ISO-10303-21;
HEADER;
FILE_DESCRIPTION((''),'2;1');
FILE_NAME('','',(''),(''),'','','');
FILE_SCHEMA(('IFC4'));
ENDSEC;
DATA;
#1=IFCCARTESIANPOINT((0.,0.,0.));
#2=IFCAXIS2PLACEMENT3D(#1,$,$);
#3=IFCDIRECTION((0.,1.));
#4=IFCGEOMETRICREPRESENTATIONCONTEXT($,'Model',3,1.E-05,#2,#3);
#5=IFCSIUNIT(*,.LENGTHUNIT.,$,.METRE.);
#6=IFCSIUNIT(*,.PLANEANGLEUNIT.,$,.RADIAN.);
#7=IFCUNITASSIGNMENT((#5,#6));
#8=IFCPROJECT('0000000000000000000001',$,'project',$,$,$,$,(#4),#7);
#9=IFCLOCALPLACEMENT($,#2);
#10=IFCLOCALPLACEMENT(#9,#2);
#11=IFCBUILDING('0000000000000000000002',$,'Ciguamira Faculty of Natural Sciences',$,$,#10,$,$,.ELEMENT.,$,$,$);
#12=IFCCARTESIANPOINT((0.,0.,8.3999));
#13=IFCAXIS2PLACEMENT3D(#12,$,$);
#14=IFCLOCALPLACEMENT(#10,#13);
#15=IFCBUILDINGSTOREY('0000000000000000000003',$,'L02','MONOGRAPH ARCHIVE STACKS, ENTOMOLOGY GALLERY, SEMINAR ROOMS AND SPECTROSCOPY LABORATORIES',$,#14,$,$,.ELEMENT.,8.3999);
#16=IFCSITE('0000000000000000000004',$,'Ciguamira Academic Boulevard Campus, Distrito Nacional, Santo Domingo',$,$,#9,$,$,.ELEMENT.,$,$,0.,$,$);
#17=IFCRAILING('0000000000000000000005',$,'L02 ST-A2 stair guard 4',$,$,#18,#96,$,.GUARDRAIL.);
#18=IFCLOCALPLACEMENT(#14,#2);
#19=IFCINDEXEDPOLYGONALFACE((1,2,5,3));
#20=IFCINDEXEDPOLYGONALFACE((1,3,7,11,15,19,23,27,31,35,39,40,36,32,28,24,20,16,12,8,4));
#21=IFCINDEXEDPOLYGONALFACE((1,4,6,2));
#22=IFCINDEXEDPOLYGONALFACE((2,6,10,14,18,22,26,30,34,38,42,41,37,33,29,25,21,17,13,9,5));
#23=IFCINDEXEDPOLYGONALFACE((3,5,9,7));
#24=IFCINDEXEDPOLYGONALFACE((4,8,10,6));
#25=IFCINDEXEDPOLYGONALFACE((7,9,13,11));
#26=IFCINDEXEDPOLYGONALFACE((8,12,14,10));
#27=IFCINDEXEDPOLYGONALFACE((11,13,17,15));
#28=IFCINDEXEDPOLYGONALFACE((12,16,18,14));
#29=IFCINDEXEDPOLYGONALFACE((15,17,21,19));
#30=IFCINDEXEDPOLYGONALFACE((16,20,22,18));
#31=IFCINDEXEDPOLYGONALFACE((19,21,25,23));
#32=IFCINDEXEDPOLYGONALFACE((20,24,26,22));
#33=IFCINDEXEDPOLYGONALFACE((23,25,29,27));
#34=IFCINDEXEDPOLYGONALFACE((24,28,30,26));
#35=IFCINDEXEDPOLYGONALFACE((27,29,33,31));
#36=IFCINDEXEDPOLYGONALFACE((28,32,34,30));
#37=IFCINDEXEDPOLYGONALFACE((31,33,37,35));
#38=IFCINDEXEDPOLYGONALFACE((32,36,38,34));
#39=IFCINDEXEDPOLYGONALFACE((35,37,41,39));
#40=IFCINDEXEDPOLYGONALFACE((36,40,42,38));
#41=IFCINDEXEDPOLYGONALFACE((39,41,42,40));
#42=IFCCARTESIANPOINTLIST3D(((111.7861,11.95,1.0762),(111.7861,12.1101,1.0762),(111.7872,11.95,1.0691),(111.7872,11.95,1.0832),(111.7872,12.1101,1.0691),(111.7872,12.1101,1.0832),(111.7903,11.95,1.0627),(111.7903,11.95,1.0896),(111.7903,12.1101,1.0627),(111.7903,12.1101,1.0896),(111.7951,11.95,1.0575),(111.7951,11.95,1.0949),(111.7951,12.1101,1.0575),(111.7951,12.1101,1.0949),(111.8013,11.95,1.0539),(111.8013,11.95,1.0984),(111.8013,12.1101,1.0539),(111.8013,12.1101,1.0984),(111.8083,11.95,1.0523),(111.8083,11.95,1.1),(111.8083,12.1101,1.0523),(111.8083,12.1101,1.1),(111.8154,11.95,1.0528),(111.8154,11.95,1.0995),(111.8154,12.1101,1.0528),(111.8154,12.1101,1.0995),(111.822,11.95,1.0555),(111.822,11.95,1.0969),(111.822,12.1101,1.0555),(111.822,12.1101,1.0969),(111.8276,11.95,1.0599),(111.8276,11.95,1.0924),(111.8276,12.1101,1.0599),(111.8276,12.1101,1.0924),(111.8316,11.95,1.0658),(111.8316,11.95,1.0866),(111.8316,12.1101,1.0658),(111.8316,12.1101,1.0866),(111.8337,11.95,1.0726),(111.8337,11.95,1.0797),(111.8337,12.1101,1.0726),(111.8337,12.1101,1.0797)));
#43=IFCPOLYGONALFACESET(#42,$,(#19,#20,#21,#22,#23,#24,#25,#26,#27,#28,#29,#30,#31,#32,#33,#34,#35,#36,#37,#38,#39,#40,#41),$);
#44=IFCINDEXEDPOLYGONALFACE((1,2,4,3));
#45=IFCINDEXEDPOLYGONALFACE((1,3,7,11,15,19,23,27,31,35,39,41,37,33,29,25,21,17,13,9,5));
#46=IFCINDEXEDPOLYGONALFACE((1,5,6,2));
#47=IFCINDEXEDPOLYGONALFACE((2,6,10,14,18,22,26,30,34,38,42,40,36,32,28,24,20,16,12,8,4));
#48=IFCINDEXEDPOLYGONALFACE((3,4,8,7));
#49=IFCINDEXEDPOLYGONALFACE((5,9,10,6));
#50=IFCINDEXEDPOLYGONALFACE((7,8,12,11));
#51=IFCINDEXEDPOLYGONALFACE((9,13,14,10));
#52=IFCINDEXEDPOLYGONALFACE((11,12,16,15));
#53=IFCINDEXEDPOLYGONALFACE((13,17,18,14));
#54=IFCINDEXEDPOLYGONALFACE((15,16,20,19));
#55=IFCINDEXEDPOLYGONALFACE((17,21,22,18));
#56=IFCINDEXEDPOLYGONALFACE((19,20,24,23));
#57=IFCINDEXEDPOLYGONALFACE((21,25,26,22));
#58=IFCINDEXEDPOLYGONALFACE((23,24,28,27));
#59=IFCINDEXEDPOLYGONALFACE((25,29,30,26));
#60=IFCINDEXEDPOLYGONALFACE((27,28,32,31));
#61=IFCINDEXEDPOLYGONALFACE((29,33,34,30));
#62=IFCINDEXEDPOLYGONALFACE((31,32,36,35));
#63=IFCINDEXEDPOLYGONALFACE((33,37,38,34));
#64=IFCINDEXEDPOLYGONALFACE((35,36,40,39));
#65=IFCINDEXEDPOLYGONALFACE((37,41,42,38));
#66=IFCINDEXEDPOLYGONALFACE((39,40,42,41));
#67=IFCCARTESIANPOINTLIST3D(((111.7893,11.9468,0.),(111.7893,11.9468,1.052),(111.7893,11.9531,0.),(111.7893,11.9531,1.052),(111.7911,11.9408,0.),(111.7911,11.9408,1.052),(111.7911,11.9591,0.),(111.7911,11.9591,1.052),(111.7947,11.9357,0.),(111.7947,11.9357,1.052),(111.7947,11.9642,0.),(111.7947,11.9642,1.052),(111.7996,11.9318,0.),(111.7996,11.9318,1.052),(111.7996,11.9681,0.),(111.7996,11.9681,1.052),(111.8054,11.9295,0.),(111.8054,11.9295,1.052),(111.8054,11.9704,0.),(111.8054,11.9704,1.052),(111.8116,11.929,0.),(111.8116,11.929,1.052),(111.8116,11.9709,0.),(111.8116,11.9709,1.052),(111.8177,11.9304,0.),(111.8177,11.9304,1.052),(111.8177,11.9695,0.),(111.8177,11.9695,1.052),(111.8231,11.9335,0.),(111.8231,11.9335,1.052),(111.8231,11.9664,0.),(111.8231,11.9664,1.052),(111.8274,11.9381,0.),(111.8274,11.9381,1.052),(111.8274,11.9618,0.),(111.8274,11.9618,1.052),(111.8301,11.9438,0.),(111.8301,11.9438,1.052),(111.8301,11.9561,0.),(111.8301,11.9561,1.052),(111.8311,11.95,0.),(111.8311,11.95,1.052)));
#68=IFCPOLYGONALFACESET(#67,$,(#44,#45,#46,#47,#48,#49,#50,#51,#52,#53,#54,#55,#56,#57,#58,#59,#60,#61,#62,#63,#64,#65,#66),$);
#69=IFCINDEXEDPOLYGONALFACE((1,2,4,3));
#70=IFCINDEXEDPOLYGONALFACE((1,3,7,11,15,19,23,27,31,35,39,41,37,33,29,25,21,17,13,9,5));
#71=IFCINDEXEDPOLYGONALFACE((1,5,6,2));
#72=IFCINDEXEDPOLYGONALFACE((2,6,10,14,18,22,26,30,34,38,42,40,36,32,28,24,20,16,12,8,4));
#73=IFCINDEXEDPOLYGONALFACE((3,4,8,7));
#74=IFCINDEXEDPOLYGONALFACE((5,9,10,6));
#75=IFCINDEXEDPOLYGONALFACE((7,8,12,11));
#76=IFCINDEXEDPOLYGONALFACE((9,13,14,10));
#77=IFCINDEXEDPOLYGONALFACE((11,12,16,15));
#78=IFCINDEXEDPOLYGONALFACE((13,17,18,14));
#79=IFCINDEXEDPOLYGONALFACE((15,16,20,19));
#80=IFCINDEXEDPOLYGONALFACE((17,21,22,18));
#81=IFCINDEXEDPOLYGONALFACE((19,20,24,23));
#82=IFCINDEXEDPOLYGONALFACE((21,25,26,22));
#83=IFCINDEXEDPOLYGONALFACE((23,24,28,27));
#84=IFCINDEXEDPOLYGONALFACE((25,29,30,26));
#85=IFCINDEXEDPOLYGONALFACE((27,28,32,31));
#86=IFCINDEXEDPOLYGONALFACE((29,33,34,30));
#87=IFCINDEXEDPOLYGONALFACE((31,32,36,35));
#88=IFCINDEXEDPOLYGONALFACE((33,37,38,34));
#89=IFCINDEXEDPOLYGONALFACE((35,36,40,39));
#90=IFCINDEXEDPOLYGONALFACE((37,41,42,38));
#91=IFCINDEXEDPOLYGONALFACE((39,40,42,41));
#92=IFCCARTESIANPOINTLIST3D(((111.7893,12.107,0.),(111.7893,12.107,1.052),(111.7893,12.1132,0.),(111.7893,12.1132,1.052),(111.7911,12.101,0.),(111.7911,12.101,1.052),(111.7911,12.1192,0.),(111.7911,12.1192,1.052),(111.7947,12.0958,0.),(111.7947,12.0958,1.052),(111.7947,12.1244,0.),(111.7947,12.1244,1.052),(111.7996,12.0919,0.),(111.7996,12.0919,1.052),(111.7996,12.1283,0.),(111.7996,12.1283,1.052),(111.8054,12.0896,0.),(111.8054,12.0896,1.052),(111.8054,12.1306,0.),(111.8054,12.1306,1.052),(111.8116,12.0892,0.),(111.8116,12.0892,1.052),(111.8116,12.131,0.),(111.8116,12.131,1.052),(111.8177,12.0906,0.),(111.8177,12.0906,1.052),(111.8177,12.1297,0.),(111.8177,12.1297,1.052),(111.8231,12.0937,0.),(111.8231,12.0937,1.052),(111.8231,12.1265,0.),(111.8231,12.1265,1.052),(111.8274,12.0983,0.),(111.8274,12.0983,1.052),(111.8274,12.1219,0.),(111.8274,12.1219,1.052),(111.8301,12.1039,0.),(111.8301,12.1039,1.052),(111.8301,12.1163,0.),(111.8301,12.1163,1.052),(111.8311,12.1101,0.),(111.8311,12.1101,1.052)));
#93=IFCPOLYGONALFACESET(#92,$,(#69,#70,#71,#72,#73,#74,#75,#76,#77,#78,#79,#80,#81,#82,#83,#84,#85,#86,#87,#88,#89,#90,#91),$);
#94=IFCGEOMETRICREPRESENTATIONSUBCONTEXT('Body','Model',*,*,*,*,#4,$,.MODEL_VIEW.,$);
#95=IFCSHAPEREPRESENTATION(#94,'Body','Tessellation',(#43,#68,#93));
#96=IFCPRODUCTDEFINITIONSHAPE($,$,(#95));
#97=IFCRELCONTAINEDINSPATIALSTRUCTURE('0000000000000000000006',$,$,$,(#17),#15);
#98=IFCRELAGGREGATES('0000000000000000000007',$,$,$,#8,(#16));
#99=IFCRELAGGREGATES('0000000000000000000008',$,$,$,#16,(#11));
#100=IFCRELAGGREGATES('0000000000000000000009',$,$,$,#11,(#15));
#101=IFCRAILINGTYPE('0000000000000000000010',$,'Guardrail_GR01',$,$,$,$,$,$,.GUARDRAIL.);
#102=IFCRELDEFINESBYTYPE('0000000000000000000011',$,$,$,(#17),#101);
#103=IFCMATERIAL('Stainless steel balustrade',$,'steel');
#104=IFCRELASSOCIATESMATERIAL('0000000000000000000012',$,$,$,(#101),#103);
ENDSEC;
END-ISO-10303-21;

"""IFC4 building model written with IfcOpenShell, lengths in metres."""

from ifc_helpers import new_model, si_unit, direction, frame, origin, origin_2d, place, context, subcontext, project, spatial, circle, extrude, material, type_object, element, save


model = new_model("IFC4")

# Units and contexts
model_context = context("Model", 3, precision=1e-05, world=origin(), true_north=direction((0.0, 1.0)))
body_context = subcontext(model_context, "Body", "Model", "MODEL_VIEW")
ifc_project = project(units=[si_unit("LENGTHUNIT", "METRE"), si_unit("PLANEANGLEUNIT", "RADIAN")], contexts=[model_context])

# Site, building, storey
site_placement = place(None, origin())
site = spatial("IfcSite", under=ifc_project, at=site_placement, Name="Ciguamira Academic Boulevard Campus, Distrito Nacional, Santo Domingo", CompositionType="ELEMENT", RefElevation=0.0)
building_placement = place(site_placement, origin())
building = spatial("IfcBuilding", under=site, at=building_placement, Name="Ciguamira Faculty of Natural Sciences", CompositionType="ELEMENT")
storey_placement = place(building_placement, frame((0.0, 0.0, 8.3999)))
storey = spatial("IfcBuildingStorey", under=building, at=storey_placement, Name="L02", Description="MONOGRAPH ARCHIVE STACKS, ENTOMOLOGY GALLERY, SEMINAR ROOMS AND SPECTROSCOPY LABORATORIES", CompositionType="ELEMENT", Elevation=8.3999)

# Railing
ifc_material_1 = material(Name="Stainless steel balustrade", Category="steel")
railing_type_1 = type_object("IfcRailingType", Name="Guardrail_GR01", PredefinedType="GUARDRAIL", material=ifc_material_1)
railing_1_placement = place(storey_placement, frame((111.8101, 11.95, 0.0)))
element("IfcRailing", 1, at=railing_1_placement, inside=storey, type_object=railing_type_1, Name="L02 ST-A2 stair guard 4", PredefinedType="GUARDRAIL", context=body_context, shape_type="SweptSolid", body=[
    extrude(circle(Radius=0.0239, at=origin_2d()), frame((0.0, 0.0, 1.0762), z_axis=(0.0, 1.0, 0.0), x_axis=(-1.0, 0.0, 0.0)), (0.0, 0.0, 1.0), 0.1602),
    extrude(circle(Radius=0.021, at=origin_2d()), origin(), (0.0, 0.0, 1.0), 1.052),
    extrude(circle(Radius=0.021, at=origin_2d()), frame((0.0, 0.1602, 0.0)), (0.0, 0.0, 1.0), 1.052),
])

save(model, "model.ifc")
